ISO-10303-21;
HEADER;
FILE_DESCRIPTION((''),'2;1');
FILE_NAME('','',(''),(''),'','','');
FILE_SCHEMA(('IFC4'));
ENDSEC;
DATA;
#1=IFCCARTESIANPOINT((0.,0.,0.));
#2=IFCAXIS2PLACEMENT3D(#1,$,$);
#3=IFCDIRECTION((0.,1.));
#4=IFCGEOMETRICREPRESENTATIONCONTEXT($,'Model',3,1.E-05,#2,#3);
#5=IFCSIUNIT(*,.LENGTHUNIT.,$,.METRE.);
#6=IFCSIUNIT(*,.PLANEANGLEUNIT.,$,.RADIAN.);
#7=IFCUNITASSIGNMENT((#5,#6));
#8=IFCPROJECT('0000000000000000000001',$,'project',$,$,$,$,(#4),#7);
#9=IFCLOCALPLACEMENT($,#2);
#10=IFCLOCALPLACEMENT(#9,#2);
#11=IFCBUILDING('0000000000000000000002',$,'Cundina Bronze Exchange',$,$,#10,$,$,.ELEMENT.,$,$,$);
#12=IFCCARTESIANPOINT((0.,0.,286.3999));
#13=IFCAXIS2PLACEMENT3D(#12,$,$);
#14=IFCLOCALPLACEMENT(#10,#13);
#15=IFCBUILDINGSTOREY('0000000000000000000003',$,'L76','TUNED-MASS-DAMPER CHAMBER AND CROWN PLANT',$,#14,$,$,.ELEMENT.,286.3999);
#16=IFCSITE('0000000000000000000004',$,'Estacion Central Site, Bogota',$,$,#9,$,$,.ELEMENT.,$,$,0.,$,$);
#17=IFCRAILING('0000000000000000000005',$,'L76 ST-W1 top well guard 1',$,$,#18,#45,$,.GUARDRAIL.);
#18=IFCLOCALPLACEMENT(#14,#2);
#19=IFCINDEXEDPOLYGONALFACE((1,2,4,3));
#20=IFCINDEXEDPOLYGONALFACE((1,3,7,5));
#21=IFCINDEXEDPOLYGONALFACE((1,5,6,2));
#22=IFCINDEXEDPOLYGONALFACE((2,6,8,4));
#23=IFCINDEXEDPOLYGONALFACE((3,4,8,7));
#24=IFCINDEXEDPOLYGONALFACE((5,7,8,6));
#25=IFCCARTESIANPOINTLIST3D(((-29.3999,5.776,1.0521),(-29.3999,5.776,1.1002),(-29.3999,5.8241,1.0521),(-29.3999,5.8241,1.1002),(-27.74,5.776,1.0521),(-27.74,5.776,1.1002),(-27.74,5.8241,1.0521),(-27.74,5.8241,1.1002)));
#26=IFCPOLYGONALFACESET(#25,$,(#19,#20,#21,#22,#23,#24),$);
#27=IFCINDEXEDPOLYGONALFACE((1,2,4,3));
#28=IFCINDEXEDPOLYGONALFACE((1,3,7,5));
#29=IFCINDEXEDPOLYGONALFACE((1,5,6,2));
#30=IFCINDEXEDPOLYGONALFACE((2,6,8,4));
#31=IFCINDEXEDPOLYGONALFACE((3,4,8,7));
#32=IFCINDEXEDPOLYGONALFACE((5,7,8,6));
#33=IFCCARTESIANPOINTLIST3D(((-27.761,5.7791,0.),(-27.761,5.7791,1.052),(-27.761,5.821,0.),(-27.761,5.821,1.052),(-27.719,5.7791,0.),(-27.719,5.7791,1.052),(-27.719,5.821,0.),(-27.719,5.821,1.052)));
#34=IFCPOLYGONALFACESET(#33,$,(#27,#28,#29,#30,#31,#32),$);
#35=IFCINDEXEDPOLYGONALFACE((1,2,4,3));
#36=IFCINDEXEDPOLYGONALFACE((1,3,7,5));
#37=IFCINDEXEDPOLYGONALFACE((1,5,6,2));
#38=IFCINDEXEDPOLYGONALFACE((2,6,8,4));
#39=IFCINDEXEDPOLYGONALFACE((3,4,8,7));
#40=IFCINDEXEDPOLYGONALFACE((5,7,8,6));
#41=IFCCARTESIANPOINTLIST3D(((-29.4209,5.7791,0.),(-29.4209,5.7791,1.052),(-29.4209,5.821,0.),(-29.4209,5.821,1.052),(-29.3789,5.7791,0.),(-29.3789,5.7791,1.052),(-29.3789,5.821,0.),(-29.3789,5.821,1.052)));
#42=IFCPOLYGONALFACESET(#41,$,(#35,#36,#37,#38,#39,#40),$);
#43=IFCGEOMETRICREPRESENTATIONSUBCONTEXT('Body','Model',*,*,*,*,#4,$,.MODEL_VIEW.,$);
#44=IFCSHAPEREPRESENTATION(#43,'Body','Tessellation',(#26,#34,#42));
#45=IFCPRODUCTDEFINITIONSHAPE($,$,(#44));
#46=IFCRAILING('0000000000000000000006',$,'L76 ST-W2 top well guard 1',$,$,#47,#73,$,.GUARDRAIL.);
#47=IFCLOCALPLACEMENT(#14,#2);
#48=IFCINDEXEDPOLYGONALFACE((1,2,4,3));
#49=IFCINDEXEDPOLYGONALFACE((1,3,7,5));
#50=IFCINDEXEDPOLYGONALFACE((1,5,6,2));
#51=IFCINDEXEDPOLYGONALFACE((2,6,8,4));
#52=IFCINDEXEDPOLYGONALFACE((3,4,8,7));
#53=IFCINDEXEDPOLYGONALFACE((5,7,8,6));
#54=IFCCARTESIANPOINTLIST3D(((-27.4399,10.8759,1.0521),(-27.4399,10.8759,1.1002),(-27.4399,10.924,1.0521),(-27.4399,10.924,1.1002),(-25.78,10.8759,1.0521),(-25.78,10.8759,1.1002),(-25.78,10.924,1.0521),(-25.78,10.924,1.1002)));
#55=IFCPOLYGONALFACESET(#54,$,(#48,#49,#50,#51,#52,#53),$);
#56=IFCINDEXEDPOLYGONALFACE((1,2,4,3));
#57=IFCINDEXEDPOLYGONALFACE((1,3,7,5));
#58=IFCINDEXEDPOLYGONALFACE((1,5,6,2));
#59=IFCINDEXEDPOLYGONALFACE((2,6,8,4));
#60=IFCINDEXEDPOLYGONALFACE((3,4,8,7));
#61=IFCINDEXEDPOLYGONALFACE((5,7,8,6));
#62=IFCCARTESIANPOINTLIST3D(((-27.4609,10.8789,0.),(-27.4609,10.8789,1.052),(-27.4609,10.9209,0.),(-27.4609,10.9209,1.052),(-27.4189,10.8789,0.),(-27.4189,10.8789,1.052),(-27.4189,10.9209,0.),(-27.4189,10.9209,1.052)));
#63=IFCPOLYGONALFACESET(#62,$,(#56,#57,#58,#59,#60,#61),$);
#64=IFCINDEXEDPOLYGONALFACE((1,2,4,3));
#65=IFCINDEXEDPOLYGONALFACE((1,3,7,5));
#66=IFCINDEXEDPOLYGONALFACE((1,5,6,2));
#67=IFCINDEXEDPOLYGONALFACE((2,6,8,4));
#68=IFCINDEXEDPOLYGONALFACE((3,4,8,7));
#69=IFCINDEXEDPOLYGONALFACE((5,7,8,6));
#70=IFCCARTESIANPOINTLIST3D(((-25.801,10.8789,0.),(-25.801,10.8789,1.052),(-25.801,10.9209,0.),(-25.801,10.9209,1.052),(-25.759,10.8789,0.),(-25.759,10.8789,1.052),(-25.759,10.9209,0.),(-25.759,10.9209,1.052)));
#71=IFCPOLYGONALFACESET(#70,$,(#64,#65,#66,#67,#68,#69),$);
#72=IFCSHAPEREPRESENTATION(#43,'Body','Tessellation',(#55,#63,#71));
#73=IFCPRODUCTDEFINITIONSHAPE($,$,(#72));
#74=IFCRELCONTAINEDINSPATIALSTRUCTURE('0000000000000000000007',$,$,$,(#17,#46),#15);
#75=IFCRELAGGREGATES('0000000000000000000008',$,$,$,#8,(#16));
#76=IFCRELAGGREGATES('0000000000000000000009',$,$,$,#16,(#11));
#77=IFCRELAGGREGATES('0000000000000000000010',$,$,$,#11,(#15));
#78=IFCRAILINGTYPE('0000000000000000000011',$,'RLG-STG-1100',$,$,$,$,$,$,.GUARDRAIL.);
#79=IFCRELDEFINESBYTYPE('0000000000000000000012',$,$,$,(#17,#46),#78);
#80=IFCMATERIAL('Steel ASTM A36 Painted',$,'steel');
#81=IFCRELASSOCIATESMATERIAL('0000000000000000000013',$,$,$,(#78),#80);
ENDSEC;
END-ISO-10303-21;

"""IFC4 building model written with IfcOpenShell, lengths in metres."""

from ifc_helpers import new_model, si_unit, direction, frame, origin, origin_2d, place, context, subcontext, project, spatial, rectangle, extrude, material, type_object, element, save


model = new_model("IFC4")

# Units and contexts
model_context = context("Model", 3, precision=1e-05, world=origin(), true_north=direction((0.0, 1.0)))
body_context = subcontext(model_context, "Body", "Model", "MODEL_VIEW")
ifc_project = project(units=[si_unit("LENGTHUNIT", "METRE"), si_unit("PLANEANGLEUNIT", "RADIAN")], contexts=[model_context])

# Site, building, storey
site_placement = place(None, origin())
site = spatial("IfcSite", under=ifc_project, at=site_placement, Name="Estacion Central Site, Bogota", CompositionType="ELEMENT", RefElevation=0.0)
building_placement = place(site_placement, origin())
building = spatial("IfcBuilding", under=site, at=building_placement, Name="Cundina Bronze Exchange", CompositionType="ELEMENT")
storey_placement = place(building_placement, frame((0.0, 0.0, 286.3999)))
storey = spatial("IfcBuildingStorey", under=building, at=storey_placement, Name="L76", Description="TUNED-MASS-DAMPER CHAMBER AND CROWN PLANT", CompositionType="ELEMENT", Elevation=286.3999)

# Shared definitions
ifc_material_1 = material(Name="Steel ASTM A36 Painted", Category="steel")

# Railings
railing_type = type_object("IfcRailingType", Name="RLG-STG-1100", PredefinedType="GUARDRAIL", material=ifc_material_1)
railing_1_placement = place(storey_placement, frame((-27.74, 5.8, 0.0)))
element("IfcRailing", 1, at=railing_1_placement, inside=storey, type_object=railing_type, Name="L76 ST-W1 top well guard 1", PredefinedType="GUARDRAIL", context=body_context, shape_type="SweptSolid", body=[
    extrude(rectangle(XDim=0.0481, YDim=0.0481, at=origin_2d()), frame((0.0, 0.0, 1.0762), z_axis=(-1.0, 0.0, 0.0), x_axis=(0.0, -1.0, 0.0)), (0.0, 0.0, 1.0), 1.6599),
    extrude(rectangle(XDim=0.042, YDim=0.042, at=origin_2d()), origin(), (0.0, 0.0, 1.0), 1.052),
    extrude(rectangle(XDim=0.042, YDim=0.042, at=origin_2d()), frame((-1.6599, 0.0, 0.0)), (0.0, 0.0, 1.0), 1.052),
])
railing_2_placement = place(storey_placement, frame((-27.4399, 10.8999, 0.0)))
element("IfcRailing", 2, at=railing_2_placement, inside=storey, type_object=railing_type, Name="L76 ST-W2 top well guard 1", PredefinedType="GUARDRAIL", context=body_context, shape_type="SweptSolid", body=[
    extrude(rectangle(XDim=0.0481, YDim=0.0481, at=origin_2d()), frame((0.0, 0.0, 1.0762), z_axis=(1.0, 0.0, 0.0), x_axis=(0.0, 1.0, 0.0)), (0.0, 0.0, 1.0), 1.6599),
    extrude(rectangle(XDim=0.042, YDim=0.042, at=origin_2d()), origin(), (0.0, 0.0, 1.0), 1.052),
    extrude(rectangle(XDim=0.042, YDim=0.042, at=origin_2d()), frame((1.6599, 0.0, 0.0)), (0.0, 0.0, 1.0), 1.052),
])

save(model, "model.ifc")
